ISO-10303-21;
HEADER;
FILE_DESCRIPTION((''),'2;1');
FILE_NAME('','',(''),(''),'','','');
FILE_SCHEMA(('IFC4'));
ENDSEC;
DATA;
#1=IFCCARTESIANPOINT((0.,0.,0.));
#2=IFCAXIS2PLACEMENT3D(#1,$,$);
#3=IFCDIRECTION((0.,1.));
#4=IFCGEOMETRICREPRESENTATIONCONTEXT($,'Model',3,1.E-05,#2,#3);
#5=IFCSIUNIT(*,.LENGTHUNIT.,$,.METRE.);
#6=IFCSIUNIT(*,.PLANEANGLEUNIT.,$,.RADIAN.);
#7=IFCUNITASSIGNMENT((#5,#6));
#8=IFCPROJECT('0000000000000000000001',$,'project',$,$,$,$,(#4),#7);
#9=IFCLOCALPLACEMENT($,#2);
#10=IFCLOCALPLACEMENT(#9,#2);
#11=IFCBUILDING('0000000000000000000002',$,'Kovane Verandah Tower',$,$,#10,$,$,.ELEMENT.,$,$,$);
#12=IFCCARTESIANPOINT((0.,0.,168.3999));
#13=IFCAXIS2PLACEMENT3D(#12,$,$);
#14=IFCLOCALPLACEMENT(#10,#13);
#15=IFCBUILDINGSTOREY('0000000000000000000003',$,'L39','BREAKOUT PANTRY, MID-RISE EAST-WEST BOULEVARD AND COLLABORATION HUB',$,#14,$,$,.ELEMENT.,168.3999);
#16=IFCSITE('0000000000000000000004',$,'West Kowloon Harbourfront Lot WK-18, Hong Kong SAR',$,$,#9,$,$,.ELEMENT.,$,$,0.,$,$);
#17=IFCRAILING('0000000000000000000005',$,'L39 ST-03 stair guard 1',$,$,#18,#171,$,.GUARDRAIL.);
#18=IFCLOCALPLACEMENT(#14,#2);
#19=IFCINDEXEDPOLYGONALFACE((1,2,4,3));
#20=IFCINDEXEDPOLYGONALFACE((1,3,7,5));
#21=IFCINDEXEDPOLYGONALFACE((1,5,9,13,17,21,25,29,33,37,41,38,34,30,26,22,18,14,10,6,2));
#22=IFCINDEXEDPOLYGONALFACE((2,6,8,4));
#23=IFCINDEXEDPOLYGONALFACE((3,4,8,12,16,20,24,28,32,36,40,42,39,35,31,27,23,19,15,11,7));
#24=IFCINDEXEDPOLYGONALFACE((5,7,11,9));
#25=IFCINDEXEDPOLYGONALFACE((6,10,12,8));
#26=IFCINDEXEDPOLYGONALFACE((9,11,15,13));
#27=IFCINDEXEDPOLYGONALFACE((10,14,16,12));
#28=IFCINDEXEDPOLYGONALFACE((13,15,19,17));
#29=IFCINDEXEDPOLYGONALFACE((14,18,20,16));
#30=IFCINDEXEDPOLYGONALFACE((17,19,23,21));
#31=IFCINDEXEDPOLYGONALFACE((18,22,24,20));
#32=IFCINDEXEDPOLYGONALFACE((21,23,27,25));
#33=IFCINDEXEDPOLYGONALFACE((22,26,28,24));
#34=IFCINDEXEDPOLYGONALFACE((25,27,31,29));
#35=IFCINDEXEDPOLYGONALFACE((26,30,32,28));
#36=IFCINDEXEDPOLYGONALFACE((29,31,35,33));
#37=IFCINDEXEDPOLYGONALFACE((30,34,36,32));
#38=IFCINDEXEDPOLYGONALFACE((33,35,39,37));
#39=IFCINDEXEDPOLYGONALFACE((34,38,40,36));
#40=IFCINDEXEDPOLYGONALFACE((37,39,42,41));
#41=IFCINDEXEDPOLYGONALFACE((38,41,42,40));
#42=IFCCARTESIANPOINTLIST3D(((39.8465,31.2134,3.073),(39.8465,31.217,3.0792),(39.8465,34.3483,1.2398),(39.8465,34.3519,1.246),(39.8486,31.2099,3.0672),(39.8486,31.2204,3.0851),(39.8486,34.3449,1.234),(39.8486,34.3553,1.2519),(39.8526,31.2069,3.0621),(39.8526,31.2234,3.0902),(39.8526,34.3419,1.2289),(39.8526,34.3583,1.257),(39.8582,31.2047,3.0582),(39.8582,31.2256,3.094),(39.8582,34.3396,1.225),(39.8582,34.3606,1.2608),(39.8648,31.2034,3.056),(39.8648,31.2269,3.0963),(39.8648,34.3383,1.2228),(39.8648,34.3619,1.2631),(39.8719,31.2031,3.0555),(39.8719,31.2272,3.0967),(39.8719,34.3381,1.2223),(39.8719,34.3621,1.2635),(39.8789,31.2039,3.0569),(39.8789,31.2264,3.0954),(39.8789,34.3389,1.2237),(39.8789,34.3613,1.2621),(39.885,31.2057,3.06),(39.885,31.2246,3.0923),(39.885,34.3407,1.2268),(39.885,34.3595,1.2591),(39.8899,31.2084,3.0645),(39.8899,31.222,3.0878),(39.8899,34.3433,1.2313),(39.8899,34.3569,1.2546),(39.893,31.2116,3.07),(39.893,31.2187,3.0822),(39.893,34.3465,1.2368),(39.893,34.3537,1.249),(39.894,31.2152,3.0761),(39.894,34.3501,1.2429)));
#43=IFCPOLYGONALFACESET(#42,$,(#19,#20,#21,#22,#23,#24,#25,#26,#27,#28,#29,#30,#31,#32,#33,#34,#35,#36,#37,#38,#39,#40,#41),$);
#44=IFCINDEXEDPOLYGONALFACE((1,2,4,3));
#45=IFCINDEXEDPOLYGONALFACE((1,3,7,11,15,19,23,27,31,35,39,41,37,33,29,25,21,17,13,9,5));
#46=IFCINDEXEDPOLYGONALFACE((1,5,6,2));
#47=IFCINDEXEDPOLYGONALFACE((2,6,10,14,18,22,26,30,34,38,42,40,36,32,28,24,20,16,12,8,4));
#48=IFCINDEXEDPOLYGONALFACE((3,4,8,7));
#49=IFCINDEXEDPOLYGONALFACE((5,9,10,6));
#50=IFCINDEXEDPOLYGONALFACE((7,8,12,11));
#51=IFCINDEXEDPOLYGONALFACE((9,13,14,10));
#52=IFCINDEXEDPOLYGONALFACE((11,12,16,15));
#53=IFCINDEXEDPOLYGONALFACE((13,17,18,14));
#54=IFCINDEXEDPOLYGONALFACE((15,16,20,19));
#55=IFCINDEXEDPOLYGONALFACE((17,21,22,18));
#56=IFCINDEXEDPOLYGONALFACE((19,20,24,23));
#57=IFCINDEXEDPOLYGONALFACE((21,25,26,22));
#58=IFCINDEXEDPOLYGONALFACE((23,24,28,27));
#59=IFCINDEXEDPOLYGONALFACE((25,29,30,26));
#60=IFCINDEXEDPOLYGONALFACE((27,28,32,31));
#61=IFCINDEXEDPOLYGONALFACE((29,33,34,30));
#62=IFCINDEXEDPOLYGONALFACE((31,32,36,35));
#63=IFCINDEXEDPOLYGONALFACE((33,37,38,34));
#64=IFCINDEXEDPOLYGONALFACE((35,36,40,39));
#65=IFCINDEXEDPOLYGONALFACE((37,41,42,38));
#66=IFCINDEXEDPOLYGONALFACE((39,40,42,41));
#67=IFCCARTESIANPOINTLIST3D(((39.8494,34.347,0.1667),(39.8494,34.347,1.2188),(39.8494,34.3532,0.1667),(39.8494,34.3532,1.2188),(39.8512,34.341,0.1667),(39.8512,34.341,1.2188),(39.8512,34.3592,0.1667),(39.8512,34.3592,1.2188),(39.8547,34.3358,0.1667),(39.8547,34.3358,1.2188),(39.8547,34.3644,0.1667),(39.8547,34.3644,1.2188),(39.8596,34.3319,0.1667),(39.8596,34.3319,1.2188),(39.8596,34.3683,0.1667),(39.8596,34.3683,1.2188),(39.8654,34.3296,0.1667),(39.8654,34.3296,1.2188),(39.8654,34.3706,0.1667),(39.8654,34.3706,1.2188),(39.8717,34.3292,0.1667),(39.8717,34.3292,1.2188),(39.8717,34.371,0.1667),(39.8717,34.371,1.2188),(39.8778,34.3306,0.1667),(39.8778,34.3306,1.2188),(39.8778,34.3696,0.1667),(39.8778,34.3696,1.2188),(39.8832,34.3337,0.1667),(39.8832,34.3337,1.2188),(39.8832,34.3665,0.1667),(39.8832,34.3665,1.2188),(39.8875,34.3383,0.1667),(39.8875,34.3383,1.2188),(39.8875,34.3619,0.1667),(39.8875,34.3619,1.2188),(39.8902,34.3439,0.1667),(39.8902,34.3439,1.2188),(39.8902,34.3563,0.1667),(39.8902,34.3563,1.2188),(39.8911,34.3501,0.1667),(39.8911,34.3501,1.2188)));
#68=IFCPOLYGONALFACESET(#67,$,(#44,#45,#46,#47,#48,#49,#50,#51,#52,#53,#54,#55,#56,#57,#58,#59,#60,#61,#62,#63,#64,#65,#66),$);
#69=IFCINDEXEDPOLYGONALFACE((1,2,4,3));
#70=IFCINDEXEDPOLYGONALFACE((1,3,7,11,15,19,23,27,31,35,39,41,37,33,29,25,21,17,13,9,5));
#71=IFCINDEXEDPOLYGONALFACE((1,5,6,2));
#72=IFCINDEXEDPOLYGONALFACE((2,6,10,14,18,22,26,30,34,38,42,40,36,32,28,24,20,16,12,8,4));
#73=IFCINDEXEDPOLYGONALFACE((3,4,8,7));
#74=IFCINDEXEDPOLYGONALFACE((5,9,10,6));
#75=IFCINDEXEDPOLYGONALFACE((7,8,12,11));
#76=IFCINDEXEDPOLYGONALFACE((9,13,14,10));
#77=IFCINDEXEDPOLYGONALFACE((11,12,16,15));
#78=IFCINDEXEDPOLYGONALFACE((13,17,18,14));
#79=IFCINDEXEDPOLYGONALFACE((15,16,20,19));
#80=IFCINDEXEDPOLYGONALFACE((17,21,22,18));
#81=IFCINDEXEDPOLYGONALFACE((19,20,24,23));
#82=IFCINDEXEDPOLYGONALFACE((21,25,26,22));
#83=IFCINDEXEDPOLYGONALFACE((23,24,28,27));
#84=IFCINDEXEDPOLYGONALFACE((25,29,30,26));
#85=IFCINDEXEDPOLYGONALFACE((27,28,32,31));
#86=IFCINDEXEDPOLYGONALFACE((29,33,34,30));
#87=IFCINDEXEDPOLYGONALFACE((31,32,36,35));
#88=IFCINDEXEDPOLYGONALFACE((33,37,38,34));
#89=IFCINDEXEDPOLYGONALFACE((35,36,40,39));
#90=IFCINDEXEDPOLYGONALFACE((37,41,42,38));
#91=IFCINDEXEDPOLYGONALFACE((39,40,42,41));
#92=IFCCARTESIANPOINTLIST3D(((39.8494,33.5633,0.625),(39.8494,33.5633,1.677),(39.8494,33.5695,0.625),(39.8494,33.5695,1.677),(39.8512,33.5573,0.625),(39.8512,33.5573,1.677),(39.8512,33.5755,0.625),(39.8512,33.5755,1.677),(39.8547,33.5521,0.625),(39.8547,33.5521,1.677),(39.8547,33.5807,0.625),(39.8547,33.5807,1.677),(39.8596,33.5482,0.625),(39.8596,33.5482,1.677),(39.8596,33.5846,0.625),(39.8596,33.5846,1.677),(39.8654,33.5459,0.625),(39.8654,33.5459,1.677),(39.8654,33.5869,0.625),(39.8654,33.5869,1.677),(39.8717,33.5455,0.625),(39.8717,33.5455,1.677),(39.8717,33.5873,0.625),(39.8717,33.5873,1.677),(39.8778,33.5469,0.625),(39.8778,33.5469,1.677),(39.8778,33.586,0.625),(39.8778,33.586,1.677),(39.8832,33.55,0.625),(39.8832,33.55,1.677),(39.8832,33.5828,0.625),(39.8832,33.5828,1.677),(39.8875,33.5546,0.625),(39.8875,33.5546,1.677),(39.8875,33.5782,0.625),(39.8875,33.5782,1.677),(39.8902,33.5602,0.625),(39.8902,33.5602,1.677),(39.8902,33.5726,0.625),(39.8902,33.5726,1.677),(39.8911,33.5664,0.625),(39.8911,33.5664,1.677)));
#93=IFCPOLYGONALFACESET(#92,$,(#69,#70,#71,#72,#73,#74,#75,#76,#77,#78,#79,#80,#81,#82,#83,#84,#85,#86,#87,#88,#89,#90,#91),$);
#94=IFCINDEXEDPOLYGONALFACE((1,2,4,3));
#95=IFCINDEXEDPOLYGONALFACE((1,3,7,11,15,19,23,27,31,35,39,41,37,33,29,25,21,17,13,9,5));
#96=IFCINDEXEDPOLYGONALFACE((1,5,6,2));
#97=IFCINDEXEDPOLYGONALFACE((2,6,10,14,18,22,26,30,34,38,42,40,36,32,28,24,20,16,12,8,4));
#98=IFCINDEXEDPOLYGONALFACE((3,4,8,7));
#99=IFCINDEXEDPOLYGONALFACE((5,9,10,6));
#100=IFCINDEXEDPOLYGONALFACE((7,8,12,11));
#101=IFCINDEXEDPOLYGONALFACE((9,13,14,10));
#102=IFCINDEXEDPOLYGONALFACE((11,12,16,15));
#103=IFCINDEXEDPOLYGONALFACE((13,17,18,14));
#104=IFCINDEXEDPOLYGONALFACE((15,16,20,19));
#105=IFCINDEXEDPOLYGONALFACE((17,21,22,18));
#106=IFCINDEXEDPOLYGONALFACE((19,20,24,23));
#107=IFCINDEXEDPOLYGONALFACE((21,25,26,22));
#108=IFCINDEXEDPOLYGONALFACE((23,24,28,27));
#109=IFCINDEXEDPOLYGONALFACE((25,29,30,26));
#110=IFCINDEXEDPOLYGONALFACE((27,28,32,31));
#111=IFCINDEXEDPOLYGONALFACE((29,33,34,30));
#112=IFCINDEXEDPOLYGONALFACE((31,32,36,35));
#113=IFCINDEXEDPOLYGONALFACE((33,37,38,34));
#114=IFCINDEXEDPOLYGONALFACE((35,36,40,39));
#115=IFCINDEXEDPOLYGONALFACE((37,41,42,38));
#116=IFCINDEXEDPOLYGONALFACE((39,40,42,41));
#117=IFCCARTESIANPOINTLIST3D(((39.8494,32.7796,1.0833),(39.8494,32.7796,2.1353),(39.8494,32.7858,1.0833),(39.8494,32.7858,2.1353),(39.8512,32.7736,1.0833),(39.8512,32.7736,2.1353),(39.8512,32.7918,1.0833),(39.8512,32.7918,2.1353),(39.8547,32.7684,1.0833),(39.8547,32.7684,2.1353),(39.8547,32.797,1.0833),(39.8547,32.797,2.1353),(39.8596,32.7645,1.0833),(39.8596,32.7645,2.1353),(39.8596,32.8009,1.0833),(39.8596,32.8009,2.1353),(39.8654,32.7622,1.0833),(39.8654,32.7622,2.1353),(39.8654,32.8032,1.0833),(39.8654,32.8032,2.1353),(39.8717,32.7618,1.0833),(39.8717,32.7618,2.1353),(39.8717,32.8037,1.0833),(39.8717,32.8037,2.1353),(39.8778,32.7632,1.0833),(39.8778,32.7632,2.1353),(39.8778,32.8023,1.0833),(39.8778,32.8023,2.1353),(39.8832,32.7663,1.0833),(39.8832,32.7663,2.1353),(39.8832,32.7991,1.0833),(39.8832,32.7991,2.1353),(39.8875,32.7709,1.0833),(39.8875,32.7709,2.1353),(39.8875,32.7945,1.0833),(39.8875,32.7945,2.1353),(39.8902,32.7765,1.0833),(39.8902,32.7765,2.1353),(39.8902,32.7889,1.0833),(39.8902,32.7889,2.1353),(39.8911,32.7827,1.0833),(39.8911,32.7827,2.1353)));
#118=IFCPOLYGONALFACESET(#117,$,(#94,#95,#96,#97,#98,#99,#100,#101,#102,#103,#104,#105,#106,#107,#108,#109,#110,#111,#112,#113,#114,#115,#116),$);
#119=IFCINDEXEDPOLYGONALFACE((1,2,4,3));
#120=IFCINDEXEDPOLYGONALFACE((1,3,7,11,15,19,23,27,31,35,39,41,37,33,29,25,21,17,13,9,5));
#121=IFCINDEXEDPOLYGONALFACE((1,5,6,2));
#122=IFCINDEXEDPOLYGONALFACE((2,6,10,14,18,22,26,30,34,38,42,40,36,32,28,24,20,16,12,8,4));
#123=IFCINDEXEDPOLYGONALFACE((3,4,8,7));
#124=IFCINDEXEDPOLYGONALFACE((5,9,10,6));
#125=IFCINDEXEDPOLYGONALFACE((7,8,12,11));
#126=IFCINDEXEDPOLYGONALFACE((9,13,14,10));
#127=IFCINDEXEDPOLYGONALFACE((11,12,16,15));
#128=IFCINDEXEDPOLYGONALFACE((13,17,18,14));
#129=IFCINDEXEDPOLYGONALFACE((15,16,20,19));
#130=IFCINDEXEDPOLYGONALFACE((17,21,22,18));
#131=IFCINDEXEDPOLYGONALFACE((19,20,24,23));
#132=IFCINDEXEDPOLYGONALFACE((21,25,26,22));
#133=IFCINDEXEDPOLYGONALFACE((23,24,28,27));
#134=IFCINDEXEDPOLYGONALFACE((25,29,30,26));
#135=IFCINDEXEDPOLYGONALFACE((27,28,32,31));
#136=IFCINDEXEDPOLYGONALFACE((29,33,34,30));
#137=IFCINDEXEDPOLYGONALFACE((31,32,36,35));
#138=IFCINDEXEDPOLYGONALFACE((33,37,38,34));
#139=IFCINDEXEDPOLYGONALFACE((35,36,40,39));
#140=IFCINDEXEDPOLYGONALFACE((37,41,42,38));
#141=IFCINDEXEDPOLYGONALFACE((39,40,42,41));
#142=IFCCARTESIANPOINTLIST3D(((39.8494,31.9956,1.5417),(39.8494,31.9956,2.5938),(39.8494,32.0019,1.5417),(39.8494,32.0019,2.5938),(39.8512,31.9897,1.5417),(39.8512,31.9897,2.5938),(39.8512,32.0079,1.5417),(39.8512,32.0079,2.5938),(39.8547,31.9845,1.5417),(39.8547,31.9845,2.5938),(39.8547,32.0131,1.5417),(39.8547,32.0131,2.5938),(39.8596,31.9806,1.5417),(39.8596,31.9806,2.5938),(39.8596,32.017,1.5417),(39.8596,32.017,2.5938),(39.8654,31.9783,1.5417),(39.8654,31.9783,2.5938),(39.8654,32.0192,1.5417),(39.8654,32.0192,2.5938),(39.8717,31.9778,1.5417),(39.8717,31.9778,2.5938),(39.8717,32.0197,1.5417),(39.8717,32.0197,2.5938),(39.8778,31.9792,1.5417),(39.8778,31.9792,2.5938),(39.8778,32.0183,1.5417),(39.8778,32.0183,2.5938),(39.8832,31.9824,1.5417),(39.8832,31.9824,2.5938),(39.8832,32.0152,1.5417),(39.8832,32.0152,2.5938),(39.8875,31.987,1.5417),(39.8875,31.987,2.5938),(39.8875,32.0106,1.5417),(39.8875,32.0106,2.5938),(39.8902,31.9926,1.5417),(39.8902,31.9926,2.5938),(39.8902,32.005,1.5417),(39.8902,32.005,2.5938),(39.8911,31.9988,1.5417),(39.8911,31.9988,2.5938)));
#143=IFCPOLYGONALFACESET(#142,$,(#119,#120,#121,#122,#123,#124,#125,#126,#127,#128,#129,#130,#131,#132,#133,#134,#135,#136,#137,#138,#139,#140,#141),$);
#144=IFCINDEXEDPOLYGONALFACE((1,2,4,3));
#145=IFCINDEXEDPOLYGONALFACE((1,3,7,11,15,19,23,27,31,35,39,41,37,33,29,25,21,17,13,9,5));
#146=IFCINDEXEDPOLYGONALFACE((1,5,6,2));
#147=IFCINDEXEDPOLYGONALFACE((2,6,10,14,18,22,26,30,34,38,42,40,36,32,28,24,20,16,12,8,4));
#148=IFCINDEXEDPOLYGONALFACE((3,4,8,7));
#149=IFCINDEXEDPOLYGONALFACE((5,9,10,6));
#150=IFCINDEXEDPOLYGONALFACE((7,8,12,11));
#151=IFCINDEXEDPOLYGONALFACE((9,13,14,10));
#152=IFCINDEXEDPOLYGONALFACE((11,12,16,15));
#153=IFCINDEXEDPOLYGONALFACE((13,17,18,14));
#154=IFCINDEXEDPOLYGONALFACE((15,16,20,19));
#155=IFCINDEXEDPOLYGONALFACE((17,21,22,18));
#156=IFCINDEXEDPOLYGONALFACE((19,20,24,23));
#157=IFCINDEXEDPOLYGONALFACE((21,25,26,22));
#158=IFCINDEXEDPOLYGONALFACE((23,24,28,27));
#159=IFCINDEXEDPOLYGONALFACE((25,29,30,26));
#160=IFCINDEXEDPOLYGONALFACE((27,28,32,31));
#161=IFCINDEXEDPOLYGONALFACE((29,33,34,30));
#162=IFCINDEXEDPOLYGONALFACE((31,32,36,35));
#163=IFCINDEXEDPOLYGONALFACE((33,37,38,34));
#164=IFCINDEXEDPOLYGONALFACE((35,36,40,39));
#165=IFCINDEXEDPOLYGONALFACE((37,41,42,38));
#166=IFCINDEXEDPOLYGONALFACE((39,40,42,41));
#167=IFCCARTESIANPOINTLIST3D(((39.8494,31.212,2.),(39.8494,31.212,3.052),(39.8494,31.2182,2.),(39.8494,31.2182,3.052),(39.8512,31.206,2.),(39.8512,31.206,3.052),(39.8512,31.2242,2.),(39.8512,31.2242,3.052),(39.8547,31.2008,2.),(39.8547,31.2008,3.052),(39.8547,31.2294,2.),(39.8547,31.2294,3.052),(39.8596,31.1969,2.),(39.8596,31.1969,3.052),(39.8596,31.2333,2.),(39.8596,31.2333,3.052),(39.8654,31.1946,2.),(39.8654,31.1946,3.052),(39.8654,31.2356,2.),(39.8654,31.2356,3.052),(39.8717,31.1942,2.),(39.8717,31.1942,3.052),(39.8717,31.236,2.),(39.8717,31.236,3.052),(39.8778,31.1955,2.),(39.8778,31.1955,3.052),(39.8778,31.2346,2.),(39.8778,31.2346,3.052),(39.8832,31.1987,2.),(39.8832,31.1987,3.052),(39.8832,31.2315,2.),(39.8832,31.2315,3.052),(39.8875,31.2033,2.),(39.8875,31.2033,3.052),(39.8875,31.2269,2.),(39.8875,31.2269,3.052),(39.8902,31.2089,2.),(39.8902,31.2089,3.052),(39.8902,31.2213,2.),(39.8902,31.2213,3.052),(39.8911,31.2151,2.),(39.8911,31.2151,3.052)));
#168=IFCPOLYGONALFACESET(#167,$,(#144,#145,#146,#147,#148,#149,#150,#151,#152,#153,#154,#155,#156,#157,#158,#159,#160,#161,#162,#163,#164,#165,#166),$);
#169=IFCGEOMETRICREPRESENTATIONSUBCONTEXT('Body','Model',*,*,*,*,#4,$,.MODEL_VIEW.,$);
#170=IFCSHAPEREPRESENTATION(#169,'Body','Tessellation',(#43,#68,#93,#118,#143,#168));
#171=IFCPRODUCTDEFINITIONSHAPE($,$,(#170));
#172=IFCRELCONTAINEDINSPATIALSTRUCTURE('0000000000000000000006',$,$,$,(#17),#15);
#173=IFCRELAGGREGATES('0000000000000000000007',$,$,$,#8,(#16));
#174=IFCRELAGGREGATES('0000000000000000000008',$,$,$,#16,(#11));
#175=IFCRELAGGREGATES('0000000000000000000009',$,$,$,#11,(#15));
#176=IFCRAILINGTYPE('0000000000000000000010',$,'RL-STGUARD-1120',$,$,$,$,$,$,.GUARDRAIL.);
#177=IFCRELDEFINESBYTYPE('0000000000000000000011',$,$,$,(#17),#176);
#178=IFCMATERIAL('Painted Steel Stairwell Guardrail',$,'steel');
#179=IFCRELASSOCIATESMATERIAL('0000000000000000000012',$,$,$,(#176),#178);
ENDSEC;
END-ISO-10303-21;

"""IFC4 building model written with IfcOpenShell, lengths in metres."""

from ifc_helpers import new_model, si_unit, direction, frame, origin, origin_2d, place, context, subcontext, project, spatial, circle, extrude, material, type_object, element, save


model = new_model("IFC4")

# Units and contexts
model_context = context("Model", 3, precision=1e-05, world=origin(), true_north=direction((0.0, 1.0)))
body_context = subcontext(model_context, "Body", "Model", "MODEL_VIEW")
ifc_project = project(units=[si_unit("LENGTHUNIT", "METRE"), si_unit("PLANEANGLEUNIT", "RADIAN")], contexts=[model_context])

# Site, building, storey
site_placement = place(None, origin())
site = spatial("IfcSite", under=ifc_project, at=site_placement, Name="West Kowloon Harbourfront Lot WK-18, Hong Kong SAR", CompositionType="ELEMENT", RefElevation=0.0)
building_placement = place(site_placement, origin())
building = spatial("IfcBuilding", under=site, at=building_placement, Name="Kovane Verandah Tower", CompositionType="ELEMENT")
storey_placement = place(building_placement, frame((0.0, 0.0, 168.3999)))
storey = spatial("IfcBuildingStorey", under=building, at=storey_placement, Name="L39", Description="BREAKOUT PANTRY, MID-RISE EAST-WEST BOULEVARD AND COLLABORATION HUB", CompositionType="ELEMENT", Elevation=168.3999)

# Railing
ifc_material_1 = material(Name="Painted Steel Stairwell Guardrail", Category="steel")
railing_type_1 = type_object("IfcRailingType", Name="RL-STGUARD-1120", PredefinedType="GUARDRAIL", material=ifc_material_1)
railing_1_placement = place(storey_placement, frame((39.8701, 34.3501, 0.1667)))
element("IfcRailing", 1, at=railing_1_placement, inside=storey, type_object=railing_type_1, Name="L39 ST-03 stair guard 1", PredefinedType="GUARDRAIL", context=body_context, shape_type="SweptSolid", body=[
    extrude(circle(Radius=0.0239, at=origin_2d()), frame((0.0, 0.0, 1.0762), z_axis=(0.0, -0.86324, 0.504794), x_axis=(1.0, 0.0, 0.0)), (0.0, 0.0, 1.0), 3.6316),
    extrude(circle(Radius=0.021, at=origin_2d()), origin(), (0.0, 0.0, 1.0), 1.052),
    extrude(circle(Radius=0.021, at=origin_2d()), frame((0.0, -0.7837, 0.4583)), (0.0, 0.0, 1.0), 1.052),
    extrude(circle(Radius=0.021, at=origin_2d()), frame((0.0, -1.5674, 0.9165)), (0.0, 0.0, 1.0), 1.052),
    extrude(circle(Radius=0.021, at=origin_2d()), frame((0.0, -2.3513, 1.375)), (0.0, 0.0, 1.0), 1.052),
    extrude(circle(Radius=0.021, at=origin_2d()), frame((0.0, -3.135, 1.8333)), (0.0, 0.0, 1.0), 1.052),
])

save(model, "model.ifc")
